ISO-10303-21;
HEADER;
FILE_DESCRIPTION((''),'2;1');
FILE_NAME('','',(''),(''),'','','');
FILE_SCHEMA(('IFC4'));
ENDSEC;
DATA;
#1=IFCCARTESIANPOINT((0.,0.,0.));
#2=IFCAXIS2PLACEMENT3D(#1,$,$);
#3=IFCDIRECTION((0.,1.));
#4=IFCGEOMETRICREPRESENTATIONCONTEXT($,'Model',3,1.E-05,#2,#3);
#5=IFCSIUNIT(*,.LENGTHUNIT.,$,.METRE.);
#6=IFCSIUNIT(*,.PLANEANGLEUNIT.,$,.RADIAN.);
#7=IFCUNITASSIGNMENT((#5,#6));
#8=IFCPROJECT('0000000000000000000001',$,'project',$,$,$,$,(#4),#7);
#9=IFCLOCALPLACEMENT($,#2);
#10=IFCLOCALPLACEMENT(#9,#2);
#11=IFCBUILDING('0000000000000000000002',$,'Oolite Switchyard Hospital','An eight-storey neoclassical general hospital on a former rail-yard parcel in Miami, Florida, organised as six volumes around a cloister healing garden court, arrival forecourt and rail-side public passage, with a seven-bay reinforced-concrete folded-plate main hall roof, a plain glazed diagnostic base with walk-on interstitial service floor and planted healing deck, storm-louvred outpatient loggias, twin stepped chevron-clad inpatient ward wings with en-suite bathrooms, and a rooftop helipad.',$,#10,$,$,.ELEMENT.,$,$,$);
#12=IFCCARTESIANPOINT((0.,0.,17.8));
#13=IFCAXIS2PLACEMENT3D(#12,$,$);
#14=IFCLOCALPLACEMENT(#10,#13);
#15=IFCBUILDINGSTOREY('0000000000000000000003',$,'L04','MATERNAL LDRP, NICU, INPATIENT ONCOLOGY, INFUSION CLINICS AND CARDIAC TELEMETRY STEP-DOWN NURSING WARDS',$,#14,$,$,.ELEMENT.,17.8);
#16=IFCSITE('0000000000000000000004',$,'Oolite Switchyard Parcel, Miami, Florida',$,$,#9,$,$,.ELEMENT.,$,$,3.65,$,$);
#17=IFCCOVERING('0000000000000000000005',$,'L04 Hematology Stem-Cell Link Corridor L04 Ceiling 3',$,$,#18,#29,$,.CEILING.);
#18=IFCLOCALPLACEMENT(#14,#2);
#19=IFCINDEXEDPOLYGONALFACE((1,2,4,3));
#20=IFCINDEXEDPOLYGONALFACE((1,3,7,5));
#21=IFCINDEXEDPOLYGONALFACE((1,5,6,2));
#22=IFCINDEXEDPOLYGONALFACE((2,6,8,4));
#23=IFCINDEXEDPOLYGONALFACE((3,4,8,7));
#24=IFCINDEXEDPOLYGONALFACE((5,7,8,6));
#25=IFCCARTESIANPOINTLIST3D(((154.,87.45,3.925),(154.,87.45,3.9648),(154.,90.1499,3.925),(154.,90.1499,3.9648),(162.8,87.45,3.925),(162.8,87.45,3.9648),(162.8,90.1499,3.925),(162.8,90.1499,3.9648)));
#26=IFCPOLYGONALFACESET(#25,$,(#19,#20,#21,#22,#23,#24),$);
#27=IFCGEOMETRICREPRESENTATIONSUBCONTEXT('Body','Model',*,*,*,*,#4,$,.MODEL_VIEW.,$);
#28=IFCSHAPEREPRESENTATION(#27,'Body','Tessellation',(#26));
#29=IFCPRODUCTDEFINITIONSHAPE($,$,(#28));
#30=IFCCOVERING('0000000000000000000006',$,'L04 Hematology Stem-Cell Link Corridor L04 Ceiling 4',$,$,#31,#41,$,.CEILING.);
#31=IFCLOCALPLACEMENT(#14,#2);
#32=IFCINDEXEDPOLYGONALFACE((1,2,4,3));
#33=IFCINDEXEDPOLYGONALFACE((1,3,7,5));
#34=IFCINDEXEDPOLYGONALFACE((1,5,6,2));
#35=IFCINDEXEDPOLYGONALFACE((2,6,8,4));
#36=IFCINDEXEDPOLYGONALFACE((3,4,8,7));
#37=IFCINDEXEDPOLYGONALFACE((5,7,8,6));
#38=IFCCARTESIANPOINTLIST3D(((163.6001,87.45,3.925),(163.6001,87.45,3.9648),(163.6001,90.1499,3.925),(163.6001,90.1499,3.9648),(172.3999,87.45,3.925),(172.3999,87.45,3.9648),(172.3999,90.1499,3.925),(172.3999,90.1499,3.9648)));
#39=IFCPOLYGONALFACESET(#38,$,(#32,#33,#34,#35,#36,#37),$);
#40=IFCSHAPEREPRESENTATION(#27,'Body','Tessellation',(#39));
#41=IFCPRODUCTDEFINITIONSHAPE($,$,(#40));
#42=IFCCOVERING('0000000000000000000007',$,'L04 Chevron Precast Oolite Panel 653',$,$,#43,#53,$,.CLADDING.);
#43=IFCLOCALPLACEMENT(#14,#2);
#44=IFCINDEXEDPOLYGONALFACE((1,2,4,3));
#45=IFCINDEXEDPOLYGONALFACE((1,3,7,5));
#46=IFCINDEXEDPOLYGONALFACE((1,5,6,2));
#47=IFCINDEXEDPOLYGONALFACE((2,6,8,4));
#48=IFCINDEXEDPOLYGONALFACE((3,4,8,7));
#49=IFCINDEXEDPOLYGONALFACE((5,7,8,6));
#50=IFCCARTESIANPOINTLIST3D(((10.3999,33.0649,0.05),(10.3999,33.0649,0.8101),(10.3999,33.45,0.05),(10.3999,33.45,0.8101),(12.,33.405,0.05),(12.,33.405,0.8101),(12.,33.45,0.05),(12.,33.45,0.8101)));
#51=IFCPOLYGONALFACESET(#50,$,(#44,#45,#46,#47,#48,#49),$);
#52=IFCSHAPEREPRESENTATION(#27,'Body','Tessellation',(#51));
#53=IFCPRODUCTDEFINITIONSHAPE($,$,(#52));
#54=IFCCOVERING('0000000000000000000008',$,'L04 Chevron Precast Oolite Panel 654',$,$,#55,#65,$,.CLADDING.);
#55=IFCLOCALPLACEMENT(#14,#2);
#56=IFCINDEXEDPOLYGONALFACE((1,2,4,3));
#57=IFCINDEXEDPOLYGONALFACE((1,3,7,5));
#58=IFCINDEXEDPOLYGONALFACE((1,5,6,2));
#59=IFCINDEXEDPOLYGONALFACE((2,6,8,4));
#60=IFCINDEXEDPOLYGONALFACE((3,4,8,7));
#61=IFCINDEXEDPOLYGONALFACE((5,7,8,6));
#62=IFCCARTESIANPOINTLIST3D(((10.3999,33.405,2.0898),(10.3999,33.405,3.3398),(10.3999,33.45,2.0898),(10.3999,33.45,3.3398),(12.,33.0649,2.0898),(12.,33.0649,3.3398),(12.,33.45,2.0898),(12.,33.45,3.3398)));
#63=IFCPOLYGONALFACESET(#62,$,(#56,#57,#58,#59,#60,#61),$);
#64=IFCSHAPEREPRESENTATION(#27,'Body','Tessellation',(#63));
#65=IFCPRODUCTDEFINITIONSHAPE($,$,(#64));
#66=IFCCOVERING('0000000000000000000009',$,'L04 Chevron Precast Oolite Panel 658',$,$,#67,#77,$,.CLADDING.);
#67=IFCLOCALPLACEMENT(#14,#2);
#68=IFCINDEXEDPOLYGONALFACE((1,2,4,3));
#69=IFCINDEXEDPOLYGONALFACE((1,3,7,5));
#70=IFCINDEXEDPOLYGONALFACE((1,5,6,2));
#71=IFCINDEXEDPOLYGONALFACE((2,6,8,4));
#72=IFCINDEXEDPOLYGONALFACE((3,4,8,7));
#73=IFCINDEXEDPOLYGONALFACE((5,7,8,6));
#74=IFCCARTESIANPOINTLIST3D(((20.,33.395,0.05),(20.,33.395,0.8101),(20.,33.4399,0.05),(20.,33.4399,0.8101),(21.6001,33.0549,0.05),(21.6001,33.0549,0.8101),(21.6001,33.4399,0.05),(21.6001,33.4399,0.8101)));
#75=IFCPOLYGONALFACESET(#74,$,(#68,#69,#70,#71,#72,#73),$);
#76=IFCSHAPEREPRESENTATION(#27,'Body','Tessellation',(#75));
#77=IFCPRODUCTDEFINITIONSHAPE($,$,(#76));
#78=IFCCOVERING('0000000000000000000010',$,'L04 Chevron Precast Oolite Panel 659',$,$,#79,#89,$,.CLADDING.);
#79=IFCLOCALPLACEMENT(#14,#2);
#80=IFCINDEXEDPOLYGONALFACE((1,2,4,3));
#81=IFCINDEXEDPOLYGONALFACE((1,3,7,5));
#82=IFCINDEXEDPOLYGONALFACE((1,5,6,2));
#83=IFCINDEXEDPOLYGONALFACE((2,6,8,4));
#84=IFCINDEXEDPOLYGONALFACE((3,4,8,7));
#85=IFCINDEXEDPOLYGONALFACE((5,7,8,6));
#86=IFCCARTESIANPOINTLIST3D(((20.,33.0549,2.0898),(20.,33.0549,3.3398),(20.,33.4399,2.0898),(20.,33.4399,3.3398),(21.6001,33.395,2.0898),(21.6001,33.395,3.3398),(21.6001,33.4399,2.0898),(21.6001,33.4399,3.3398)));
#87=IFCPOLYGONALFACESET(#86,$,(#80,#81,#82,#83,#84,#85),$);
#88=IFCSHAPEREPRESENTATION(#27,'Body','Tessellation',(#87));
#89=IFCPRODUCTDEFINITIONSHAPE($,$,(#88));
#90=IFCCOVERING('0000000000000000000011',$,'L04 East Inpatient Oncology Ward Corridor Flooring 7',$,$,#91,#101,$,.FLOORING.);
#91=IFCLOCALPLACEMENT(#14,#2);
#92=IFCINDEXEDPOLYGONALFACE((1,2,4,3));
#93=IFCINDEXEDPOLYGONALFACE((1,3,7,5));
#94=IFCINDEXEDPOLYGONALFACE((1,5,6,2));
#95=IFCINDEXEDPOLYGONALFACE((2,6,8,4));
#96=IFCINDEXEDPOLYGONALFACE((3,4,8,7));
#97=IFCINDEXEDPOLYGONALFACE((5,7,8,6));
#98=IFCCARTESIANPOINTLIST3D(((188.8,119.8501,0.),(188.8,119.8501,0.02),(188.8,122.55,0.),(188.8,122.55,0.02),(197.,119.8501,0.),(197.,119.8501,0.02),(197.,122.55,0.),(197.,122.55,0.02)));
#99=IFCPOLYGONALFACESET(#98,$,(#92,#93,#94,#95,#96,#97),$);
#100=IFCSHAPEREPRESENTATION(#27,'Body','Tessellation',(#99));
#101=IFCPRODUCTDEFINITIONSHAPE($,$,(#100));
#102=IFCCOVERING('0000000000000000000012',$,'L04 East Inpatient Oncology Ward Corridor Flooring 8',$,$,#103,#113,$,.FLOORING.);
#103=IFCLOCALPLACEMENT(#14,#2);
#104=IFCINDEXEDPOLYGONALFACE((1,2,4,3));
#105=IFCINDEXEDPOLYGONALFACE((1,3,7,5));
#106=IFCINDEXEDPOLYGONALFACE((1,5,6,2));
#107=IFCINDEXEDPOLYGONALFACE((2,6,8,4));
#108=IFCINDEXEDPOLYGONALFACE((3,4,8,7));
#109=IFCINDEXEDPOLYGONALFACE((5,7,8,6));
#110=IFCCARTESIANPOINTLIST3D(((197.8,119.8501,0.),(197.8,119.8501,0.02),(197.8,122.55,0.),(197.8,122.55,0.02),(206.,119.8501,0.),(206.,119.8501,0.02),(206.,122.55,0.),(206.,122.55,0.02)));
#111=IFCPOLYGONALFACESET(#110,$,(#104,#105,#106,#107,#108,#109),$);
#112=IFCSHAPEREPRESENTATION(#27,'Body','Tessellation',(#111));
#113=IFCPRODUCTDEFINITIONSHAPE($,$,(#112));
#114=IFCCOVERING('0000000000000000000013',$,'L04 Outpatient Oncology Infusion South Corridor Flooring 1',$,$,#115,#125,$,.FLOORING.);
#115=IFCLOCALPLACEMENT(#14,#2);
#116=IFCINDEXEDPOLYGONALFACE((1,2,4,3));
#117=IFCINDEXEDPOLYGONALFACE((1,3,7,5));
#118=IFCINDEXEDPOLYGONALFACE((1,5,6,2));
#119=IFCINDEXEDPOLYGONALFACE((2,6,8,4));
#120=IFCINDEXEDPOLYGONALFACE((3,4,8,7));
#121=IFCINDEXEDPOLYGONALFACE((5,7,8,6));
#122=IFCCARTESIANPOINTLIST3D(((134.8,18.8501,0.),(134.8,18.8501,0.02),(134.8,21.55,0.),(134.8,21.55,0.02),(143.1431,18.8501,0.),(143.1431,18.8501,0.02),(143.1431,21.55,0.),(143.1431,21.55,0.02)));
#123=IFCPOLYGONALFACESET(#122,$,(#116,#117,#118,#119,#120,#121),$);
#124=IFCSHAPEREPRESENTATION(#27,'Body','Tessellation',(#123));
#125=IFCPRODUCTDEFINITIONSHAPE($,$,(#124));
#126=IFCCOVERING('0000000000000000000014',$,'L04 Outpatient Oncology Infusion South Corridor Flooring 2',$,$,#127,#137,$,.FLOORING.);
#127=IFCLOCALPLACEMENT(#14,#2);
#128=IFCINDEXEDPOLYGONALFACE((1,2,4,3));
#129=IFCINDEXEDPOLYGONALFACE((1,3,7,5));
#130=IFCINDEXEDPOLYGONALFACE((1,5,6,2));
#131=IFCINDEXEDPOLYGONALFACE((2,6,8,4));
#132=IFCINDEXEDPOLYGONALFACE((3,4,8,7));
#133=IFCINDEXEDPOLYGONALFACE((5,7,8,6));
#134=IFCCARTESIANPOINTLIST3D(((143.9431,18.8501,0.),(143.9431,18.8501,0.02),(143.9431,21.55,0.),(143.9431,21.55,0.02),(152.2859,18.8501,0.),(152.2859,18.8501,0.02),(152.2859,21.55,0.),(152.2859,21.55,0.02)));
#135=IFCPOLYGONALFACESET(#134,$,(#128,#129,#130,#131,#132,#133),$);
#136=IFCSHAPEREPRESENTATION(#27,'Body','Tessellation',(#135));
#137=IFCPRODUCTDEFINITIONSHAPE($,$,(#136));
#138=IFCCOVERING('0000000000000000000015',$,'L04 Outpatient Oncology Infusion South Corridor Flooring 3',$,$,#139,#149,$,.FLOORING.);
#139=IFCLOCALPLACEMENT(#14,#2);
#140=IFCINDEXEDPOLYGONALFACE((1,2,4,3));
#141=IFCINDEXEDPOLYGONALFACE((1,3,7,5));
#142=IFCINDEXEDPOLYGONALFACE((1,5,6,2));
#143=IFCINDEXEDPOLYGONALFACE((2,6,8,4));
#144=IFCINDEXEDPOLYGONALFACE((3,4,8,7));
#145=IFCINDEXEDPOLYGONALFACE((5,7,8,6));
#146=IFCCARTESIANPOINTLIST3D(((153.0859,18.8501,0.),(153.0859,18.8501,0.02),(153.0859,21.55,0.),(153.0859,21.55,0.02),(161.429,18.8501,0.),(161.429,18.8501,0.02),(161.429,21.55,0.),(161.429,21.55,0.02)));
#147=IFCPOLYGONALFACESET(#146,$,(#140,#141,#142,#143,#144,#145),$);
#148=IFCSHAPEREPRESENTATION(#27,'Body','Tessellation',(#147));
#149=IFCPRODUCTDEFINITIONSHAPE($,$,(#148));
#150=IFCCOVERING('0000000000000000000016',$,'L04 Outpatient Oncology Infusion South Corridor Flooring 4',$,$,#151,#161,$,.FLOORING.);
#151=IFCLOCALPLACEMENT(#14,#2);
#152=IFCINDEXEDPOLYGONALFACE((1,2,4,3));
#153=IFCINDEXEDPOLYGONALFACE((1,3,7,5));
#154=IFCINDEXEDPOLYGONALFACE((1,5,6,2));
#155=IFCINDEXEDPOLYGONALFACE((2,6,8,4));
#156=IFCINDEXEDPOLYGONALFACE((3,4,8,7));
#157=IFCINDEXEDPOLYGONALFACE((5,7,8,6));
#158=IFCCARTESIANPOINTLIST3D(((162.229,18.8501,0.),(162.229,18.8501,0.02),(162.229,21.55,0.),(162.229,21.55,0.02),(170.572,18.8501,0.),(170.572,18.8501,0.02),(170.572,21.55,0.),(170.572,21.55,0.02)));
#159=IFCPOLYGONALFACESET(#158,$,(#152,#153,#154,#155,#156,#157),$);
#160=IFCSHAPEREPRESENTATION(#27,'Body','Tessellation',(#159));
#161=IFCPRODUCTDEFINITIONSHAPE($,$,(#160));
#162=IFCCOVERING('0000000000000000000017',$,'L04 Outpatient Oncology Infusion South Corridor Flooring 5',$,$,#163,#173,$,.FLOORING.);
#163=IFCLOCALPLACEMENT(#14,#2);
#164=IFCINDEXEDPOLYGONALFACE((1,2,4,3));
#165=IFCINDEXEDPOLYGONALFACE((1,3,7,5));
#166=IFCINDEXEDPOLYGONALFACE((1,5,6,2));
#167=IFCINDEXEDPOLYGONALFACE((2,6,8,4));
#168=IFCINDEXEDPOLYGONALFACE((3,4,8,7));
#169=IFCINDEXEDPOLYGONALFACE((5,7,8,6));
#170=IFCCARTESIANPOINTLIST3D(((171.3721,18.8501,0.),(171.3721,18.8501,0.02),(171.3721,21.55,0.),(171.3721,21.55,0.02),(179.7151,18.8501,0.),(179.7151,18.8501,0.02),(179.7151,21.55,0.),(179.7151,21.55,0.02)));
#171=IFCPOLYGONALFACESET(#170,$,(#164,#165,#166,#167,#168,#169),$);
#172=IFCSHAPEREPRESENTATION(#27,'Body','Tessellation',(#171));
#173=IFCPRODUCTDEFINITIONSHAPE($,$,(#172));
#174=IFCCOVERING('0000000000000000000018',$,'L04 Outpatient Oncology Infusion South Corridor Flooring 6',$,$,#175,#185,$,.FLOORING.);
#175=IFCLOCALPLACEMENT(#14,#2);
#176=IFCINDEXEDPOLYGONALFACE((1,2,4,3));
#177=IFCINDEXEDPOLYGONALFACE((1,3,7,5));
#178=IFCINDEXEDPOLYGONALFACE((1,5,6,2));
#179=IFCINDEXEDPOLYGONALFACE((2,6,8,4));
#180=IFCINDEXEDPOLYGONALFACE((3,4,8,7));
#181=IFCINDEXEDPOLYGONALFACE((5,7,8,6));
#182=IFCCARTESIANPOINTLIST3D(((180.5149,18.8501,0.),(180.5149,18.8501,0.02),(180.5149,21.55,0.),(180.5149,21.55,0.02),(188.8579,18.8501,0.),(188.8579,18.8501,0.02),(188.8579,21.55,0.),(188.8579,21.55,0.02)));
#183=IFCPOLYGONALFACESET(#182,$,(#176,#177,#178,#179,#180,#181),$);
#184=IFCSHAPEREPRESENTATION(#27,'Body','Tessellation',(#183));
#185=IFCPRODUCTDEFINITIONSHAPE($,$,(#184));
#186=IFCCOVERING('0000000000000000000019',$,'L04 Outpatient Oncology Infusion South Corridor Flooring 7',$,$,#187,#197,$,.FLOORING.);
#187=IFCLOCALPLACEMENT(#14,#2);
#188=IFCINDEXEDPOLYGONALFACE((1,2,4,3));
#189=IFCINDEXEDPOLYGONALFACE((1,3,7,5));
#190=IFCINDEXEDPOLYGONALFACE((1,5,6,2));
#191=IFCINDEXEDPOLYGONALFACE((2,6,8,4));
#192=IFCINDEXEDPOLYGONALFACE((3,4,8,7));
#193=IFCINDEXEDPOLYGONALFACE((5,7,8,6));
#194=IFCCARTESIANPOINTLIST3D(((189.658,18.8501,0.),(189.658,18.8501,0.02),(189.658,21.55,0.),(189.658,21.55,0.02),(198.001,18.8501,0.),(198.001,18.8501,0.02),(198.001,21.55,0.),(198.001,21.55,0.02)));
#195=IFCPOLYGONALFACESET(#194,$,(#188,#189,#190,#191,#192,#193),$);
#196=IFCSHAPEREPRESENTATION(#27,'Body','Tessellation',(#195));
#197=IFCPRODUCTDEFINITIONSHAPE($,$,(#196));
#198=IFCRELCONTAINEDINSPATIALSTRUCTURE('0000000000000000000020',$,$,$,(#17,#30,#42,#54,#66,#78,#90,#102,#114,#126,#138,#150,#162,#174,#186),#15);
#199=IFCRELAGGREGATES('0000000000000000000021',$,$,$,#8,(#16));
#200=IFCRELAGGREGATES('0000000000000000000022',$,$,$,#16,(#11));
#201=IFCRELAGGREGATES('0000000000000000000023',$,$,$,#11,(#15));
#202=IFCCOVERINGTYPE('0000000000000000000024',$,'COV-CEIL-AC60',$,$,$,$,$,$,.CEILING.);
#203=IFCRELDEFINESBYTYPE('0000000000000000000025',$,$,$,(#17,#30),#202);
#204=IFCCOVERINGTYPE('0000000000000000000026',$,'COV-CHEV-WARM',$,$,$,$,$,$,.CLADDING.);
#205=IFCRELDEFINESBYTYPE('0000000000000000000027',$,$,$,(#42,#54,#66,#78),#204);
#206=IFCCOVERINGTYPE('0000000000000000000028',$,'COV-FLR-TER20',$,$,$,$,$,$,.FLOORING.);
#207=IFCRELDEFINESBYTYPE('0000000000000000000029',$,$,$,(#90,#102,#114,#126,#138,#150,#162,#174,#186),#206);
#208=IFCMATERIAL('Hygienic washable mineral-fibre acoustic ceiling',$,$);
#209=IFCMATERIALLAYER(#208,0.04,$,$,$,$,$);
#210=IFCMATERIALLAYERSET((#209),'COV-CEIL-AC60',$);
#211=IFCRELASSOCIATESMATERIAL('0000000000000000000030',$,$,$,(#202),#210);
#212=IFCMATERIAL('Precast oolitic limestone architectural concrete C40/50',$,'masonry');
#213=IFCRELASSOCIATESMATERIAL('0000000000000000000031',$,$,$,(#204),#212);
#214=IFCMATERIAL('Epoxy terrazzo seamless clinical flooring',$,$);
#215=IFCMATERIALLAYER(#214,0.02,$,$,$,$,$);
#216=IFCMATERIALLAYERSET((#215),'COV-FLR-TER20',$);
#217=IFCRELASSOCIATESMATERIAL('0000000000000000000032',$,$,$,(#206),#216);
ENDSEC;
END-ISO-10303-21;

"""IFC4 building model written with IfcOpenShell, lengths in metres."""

from ifc_helpers import new_model, si_unit, direction, frame, origin, place, context, subcontext, project, spatial, polyline, outline, extrude, material, layer, layer_set, type_object, element, save


model = new_model("IFC4")

# Units and contexts
model_context = context("Model", 3, precision=1e-05, world=origin(), true_north=direction((0.0, 1.0)))
body_context = subcontext(model_context, "Body", "Model", "MODEL_VIEW")
ifc_project = project(units=[si_unit("LENGTHUNIT", "METRE"), si_unit("PLANEANGLEUNIT", "RADIAN")], contexts=[model_context])

# Site, building, storey
site_placement = place(None, origin())
site = spatial("IfcSite", under=ifc_project, at=site_placement, Name="Oolite Switchyard Parcel, Miami, Florida", CompositionType="ELEMENT", RefElevation=3.65)
building_placement = place(site_placement, origin())
building = spatial("IfcBuilding", under=site, at=building_placement, Name="Oolite Switchyard Hospital", Description="An eight-storey neoclassical general hospital on a former rail-yard parcel in Miami, Florida, organised as six volumes around a cloister healing garden court, arrival forecourt and rail-side public passage, with a seven-bay reinforced-concrete folded-plate main hall roof, a plain glazed diagnostic base with walk-on interstitial service floor and planted healing deck, storm-louvred outpatient loggias, twin stepped chevron-clad inpatient ward wings with en-suite bathrooms, and a rooftop helipad.", CompositionType="ELEMENT")
storey_placement = place(building_placement, frame((0.0, 0.0, 17.8)))
storey = spatial("IfcBuildingStorey", under=building, at=storey_placement, Name="L04", Description="MATERNAL LDRP, NICU, INPATIENT ONCOLOGY, INFUSION CLINICS AND CARDIAC TELEMETRY STEP-DOWN NURSING WARDS", CompositionType="ELEMENT", Elevation=17.8)

# Coverings
ifc_material_1 = material(Name="Hygienic washable mineral-fibre acoustic ceiling")
ifc_layer_1 = layer(ifc_material_1, 0.04)
ifc_layer_set_1 = layer_set([ifc_layer_1], Name="COV-CEIL-AC60")
covering_type_1 = type_object("IfcCoveringType", Name="COV-CEIL-AC60", PredefinedType="CEILING", material=ifc_layer_set_1)
covering_1_placement = place(storey_placement, frame((0.0, 0.0, 3.925)))
element("IfcCovering", 1, at=covering_1_placement, inside=storey, type_object=covering_type_1, Name="L04 Hematology Stem-Cell Link Corridor L04 Ceiling 3", PredefinedType="CEILING", context=body_context, shape_type="SweptSolid", body=[
    extrude(outline(polyline([(154.0, 87.45), (162.8, 87.45), (162.8, 90.1499), (154.0, 90.1499), (154.0, 87.45)])), origin(), (0.0, 0.0, 1.0), 0.0398),
])
covering_2_placement = place(storey_placement, frame((0.0, 0.0, 3.925)))
element("IfcCovering", 2, at=covering_2_placement, inside=storey, type_object=covering_type_1, Name="L04 Hematology Stem-Cell Link Corridor L04 Ceiling 4", PredefinedType="CEILING", context=body_context, shape_type="SweptSolid", body=[
    extrude(outline(polyline([(163.6001, 87.45), (172.3999, 87.45), (172.3999, 90.1499), (163.6001, 90.1499), (163.6001, 87.45)])), origin(), (0.0, 0.0, 1.0), 0.0398),
])
ifc_material_2 = material(Name="Precast oolitic limestone architectural concrete C40/50", Category="masonry")
covering_type_2 = type_object("IfcCoveringType", Name="COV-CHEV-WARM", PredefinedType="CLADDING", material=ifc_material_2)
covering_3_placement = place(storey_placement, frame((12.0, 33.45, 0.05), z_axis=(0.0, 0.0, 1.0), x_axis=(-1.0, 0.0, 0.0)))
element("IfcCovering", 3, at=covering_3_placement, inside=storey, type_object=covering_type_2, Name="L04 Chevron Precast Oolite Panel 653", PredefinedType="CLADDING", context=body_context, shape_type="SweptSolid", body=[
    extrude(outline(polyline([(0.0, 0.0), (1.6001, 0.0), (1.6001, 0.385), (0.0, 0.0449), (0.0, 0.0)])), origin(), (0.0, 0.0, 1.0), 0.76),
])
covering_4_placement = place(storey_placement, frame((12.0, 33.45, 2.0898), z_axis=(0.0, 0.0, 1.0), x_axis=(-1.0, 0.0, 0.0)))
element("IfcCovering", 4, at=covering_4_placement, inside=storey, type_object=covering_type_2, Name="L04 Chevron Precast Oolite Panel 654", PredefinedType="CLADDING", context=body_context, shape_type="SweptSolid", body=[
    extrude(outline(polyline([(0.0, 0.0), (1.6001, 0.0), (1.6001, 0.0449), (0.0, 0.385), (0.0, 0.0)])), origin(), (0.0, 0.0, 1.0), 1.25),
])
covering_5_placement = place(storey_placement, frame((21.6001, 33.4399, 0.05), z_axis=(0.0, 0.0, 1.0), x_axis=(-1.0, 0.0, 0.0)))
element("IfcCovering", 5, at=covering_5_placement, inside=storey, type_object=covering_type_2, Name="L04 Chevron Precast Oolite Panel 658", PredefinedType="CLADDING", context=body_context, shape_type="SweptSolid", body=[
    extrude(outline(polyline([(0.0, 0.0), (1.6001, 0.0), (1.6001, 0.0449), (0.0, 0.385), (0.0, 0.0)])), origin(), (0.0, 0.0, 1.0), 0.76),
])
covering_6_placement = place(storey_placement, frame((21.6001, 33.4399, 2.0898), z_axis=(0.0, 0.0, 1.0), x_axis=(-1.0, 0.0, 0.0)))
element("IfcCovering", 6, at=covering_6_placement, inside=storey, type_object=covering_type_2, Name="L04 Chevron Precast Oolite Panel 659", PredefinedType="CLADDING", context=body_context, shape_type="SweptSolid", body=[
    extrude(outline(polyline([(0.0, 0.0), (1.6001, 0.0), (1.6001, 0.385), (0.0, 0.0449), (0.0, 0.0)])), origin(), (0.0, 0.0, 1.0), 1.25),
])
ifc_material_3 = material(Name="Epoxy terrazzo seamless clinical flooring")
ifc_layer_2 = layer(ifc_material_3, 0.02)
ifc_layer_set_2 = layer_set([ifc_layer_2], Name="COV-FLR-TER20")
covering_type_3 = type_object("IfcCoveringType", Name="COV-FLR-TER20", PredefinedType="FLOORING", material=ifc_layer_set_2)
covering_7_placement = place(storey_placement, origin())
element("IfcCovering", 7, at=covering_7_placement, inside=storey, type_object=covering_type_3, Name="L04 East Inpatient Oncology Ward Corridor Flooring 7", PredefinedType="FLOORING", context=body_context, shape_type="SweptSolid", body=[
    extrude(outline(polyline([(188.8, 119.8501), (197.0, 119.8501), (197.0, 122.55), (188.8, 122.55), (188.8, 119.8501)])), origin(), (0.0, 0.0, 1.0), 0.02),
])
covering_8_placement = place(storey_placement, origin())
element("IfcCovering", 8, at=covering_8_placement, inside=storey, type_object=covering_type_3, Name="L04 East Inpatient Oncology Ward Corridor Flooring 8", PredefinedType="FLOORING", context=body_context, shape_type="SweptSolid", body=[
    extrude(outline(polyline([(197.8, 119.8501), (206.0, 119.8501), (206.0, 122.55), (197.8, 122.55), (197.8, 119.8501)])), origin(), (0.0, 0.0, 1.0), 0.02),
])
covering_9_placement = place(storey_placement, origin())
element("IfcCovering", 9, at=covering_9_placement, inside=storey, type_object=covering_type_3, Name="L04 Outpatient Oncology Infusion South Corridor Flooring 1", PredefinedType="FLOORING", context=body_context, shape_type="SweptSolid", body=[
    extrude(outline(polyline([(134.8, 18.8501), (143.1431, 18.8501), (143.1431, 21.55), (134.8, 21.55), (134.8, 18.8501)])), origin(), (0.0, 0.0, 1.0), 0.02),
])
covering_10_placement = place(storey_placement, origin())
element("IfcCovering", 10, at=covering_10_placement, inside=storey, type_object=covering_type_3, Name="L04 Outpatient Oncology Infusion South Corridor Flooring 2", PredefinedType="FLOORING", context=body_context, shape_type="SweptSolid", body=[
    extrude(outline(polyline([(143.9431, 18.8501), (152.2859, 18.8501), (152.2859, 21.55), (143.9431, 21.55), (143.9431, 18.8501)])), origin(), (0.0, 0.0, 1.0), 0.02),
])
covering_11_placement = place(storey_placement, origin())
element("IfcCovering", 11, at=covering_11_placement, inside=storey, type_object=covering_type_3, Name="L04 Outpatient Oncology Infusion South Corridor Flooring 3", PredefinedType="FLOORING", context=body_context, shape_type="SweptSolid", body=[
    extrude(outline(polyline([(153.0859, 18.8501), (161.429, 18.8501), (161.429, 21.55), (153.0859, 21.55), (153.0859, 18.8501)])), origin(), (0.0, 0.0, 1.0), 0.02),
])
covering_12_placement = place(storey_placement, origin())
element("IfcCovering", 12, at=covering_12_placement, inside=storey, type_object=covering_type_3, Name="L04 Outpatient Oncology Infusion South Corridor Flooring 4", PredefinedType="FLOORING", context=body_context, shape_type="SweptSolid", body=[
    extrude(outline(polyline([(162.229, 18.8501), (170.572, 18.8501), (170.572, 21.55), (162.229, 21.55), (162.229, 18.8501)])), origin(), (0.0, 0.0, 1.0), 0.02),
])
covering_13_placement = place(storey_placement, origin())
element("IfcCovering", 13, at=covering_13_placement, inside=storey, type_object=covering_type_3, Name="L04 Outpatient Oncology Infusion South Corridor Flooring 5", PredefinedType="FLOORING", context=body_context, shape_type="SweptSolid", body=[
    extrude(outline(polyline([(171.3721, 18.8501), (179.7151, 18.8501), (179.7151, 21.55), (171.3721, 21.55), (171.3721, 18.8501)])), origin(), (0.0, 0.0, 1.0), 0.02),
])
covering_14_placement = place(storey_placement, origin())
element("IfcCovering", 14, at=covering_14_placement, inside=storey, type_object=covering_type_3, Name="L04 Outpatient Oncology Infusion South Corridor Flooring 6", PredefinedType="FLOORING", context=body_context, shape_type="SweptSolid", body=[
    extrude(outline(polyline([(180.5149, 18.8501), (188.8579, 18.8501), (188.8579, 21.55), (180.5149, 21.55), (180.5149, 18.8501)])), origin(), (0.0, 0.0, 1.0), 0.02),
])
covering_15_placement = place(storey_placement, origin())
element("IfcCovering", 15, at=covering_15_placement, inside=storey, type_object=covering_type_3, Name="L04 Outpatient Oncology Infusion South Corridor Flooring 7", PredefinedType="FLOORING", context=body_context, shape_type="SweptSolid", body=[
    extrude(outline(polyline([(189.658, 18.8501), (198.001, 18.8501), (198.001, 21.55), (189.658, 21.55), (189.658, 18.8501)])), origin(), (0.0, 0.0, 1.0), 0.02),
])

save(model, "model.ifc")
